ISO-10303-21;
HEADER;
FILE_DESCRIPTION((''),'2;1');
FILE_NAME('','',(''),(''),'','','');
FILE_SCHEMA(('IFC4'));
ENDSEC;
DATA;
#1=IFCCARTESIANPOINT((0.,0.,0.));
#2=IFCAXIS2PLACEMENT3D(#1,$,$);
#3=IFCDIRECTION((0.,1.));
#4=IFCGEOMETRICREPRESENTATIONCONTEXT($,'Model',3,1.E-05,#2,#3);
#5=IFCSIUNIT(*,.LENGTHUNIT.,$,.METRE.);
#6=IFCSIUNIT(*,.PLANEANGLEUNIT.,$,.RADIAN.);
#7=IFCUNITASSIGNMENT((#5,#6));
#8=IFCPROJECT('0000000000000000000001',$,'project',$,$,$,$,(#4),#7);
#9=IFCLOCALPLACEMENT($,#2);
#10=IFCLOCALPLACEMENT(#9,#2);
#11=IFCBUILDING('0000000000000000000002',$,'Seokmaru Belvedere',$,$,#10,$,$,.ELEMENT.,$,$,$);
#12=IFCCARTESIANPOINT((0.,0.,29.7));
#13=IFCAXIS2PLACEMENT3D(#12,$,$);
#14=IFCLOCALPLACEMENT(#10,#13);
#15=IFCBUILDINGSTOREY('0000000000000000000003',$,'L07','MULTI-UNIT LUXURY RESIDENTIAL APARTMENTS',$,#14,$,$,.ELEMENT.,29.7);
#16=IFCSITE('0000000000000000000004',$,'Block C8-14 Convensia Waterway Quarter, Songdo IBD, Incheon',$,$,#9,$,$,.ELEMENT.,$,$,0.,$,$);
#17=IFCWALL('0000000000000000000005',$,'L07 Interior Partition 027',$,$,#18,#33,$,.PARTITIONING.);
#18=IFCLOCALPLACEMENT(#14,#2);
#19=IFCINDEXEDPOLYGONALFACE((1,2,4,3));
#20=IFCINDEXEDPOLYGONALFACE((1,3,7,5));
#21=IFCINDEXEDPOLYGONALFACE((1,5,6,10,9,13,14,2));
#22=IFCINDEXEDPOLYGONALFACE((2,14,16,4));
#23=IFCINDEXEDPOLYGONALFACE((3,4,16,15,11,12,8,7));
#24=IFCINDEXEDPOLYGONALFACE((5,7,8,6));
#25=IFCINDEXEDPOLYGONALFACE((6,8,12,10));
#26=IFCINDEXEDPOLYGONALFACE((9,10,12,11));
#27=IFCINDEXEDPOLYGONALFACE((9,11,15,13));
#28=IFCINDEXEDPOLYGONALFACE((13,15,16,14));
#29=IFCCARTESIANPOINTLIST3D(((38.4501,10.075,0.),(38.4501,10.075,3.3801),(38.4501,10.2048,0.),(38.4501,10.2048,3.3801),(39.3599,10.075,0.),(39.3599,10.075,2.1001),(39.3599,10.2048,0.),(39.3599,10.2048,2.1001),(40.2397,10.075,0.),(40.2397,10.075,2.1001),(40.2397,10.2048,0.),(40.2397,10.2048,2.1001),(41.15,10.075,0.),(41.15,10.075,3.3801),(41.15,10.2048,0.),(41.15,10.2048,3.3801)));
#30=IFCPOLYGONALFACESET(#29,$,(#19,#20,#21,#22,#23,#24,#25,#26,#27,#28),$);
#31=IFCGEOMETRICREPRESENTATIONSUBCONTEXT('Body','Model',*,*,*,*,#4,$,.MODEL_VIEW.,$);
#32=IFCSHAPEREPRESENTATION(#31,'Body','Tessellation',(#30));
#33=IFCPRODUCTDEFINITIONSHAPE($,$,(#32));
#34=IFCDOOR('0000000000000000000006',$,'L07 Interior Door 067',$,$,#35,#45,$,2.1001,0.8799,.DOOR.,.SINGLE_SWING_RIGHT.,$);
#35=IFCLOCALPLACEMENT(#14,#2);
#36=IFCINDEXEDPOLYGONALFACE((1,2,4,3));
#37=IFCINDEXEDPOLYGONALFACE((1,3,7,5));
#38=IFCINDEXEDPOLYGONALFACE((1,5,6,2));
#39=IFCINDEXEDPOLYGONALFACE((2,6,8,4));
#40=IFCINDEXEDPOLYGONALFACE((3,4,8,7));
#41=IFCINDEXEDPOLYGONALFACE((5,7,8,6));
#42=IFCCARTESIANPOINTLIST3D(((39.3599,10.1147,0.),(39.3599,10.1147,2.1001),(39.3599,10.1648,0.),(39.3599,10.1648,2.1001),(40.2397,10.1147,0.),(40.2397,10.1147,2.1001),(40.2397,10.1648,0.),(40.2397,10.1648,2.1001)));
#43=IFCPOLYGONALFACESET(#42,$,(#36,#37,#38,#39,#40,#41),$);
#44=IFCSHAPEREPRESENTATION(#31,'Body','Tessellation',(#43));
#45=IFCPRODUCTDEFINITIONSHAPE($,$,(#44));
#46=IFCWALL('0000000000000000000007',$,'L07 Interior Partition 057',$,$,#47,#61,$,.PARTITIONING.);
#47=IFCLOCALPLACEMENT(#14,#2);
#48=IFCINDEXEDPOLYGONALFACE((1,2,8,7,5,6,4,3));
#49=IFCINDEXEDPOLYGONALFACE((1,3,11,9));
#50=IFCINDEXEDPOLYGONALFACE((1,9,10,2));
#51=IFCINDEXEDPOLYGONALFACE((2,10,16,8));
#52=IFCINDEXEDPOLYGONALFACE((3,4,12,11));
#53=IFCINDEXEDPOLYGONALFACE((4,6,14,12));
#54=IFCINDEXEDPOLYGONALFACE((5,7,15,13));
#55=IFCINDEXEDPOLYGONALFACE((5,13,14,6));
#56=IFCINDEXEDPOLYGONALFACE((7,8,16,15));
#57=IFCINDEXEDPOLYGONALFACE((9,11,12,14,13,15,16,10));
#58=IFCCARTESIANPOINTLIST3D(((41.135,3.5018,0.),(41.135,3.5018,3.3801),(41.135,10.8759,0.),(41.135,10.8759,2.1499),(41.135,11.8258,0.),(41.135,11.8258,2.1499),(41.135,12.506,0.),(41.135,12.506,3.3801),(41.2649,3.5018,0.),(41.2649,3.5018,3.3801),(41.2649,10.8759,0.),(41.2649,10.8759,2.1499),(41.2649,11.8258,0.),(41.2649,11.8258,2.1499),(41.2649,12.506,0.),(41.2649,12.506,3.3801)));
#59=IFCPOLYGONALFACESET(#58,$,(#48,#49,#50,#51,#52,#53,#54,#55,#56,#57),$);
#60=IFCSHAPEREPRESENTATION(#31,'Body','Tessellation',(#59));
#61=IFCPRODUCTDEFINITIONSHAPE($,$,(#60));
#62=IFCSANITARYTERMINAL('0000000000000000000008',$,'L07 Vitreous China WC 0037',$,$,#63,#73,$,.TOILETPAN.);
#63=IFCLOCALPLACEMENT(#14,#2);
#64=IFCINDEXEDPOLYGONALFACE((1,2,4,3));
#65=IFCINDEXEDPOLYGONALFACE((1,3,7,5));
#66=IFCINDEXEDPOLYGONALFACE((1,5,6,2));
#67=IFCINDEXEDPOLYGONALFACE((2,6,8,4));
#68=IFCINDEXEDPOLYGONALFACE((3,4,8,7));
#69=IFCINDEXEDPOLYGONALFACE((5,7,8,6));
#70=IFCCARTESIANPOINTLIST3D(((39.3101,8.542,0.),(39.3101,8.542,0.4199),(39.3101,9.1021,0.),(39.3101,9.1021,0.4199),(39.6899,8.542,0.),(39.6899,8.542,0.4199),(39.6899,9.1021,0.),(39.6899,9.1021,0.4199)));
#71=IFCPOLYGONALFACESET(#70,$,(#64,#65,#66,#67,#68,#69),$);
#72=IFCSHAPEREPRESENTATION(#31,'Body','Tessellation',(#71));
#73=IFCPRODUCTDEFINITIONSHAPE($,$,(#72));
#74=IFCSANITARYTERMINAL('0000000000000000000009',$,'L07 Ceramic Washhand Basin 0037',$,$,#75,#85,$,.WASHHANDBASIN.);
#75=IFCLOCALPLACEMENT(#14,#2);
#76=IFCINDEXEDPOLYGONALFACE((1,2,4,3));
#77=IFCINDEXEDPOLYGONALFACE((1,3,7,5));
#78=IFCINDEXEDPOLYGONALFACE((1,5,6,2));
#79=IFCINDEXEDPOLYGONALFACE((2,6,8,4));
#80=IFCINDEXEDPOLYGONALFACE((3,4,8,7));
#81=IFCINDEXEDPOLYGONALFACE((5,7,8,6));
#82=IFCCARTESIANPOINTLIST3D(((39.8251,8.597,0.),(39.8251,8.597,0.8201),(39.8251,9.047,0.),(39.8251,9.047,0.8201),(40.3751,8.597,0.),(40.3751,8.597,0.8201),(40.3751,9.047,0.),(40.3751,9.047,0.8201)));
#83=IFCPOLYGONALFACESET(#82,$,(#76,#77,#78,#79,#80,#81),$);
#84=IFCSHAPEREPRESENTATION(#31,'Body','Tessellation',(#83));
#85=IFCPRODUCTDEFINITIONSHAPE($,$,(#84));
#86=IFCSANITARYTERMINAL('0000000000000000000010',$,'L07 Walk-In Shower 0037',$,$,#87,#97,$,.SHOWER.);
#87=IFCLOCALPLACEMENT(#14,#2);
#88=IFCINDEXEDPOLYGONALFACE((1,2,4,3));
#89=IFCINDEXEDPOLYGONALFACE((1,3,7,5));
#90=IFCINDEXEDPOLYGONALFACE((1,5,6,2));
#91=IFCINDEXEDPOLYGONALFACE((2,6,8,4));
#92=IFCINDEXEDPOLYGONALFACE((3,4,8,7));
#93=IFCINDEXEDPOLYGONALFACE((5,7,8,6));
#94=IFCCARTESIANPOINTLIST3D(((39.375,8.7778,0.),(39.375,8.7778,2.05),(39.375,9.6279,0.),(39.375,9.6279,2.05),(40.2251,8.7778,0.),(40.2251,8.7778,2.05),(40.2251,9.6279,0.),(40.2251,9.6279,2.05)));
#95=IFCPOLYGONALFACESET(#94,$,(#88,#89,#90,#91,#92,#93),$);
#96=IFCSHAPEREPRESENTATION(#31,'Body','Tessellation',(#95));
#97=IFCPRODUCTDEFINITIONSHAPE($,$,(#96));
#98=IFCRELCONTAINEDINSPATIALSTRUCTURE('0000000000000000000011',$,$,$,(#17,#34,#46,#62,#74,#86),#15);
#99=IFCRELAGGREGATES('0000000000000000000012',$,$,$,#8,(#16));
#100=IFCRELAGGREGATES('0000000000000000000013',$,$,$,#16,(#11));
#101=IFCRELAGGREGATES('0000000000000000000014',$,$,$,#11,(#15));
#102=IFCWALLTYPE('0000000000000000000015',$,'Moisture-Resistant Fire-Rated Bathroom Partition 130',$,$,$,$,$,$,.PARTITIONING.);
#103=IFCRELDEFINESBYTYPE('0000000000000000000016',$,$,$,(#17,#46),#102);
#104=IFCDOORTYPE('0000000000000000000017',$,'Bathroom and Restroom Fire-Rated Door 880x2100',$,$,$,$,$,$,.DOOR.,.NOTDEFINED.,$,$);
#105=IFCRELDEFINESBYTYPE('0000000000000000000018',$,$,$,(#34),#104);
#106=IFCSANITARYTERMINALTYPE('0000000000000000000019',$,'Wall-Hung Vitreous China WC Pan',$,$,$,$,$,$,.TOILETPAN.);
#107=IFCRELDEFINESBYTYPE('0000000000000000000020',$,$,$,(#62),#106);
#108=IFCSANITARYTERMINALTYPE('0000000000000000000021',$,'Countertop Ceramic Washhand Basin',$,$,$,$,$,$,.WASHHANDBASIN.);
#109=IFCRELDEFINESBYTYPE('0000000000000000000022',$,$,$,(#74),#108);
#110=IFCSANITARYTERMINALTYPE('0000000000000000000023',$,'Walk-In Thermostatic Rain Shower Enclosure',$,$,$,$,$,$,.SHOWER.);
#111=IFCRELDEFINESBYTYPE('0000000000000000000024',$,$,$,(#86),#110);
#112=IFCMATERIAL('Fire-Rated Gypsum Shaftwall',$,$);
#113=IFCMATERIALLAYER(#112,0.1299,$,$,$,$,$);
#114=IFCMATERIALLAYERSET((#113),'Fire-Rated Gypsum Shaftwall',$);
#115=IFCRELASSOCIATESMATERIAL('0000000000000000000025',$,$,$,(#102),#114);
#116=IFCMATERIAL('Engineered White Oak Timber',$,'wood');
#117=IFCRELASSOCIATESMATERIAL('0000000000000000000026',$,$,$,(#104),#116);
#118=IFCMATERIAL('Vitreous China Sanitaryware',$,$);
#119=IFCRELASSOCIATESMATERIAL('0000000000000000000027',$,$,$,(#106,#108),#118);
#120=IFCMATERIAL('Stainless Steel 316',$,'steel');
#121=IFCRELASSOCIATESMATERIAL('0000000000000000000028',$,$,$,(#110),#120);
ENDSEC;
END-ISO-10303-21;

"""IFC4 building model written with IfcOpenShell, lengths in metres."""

from ifc_helpers import new_model, si_unit, direction, frame, frame_2d, origin, origin_2d, place, context, subcontext, project, spatial, rectangle, extrude, source, transform, mapped, material, layer, layer_set, type_object, type_shapes, element, fill, save


model = new_model("IFC4")

# Units and contexts
model_context = context("Model", 3, precision=1e-05, world=origin(), true_north=direction((0.0, 1.0)))
body_context = subcontext(model_context, "Body", "Model", "MODEL_VIEW")
ifc_project = project(units=[si_unit("LENGTHUNIT", "METRE"), si_unit("PLANEANGLEUNIT", "RADIAN")], contexts=[model_context])

# Site, building, storey
site_placement = place(None, origin())
site = spatial("IfcSite", under=ifc_project, at=site_placement, Name="Block C8-14 Convensia Waterway Quarter, Songdo IBD, Incheon", CompositionType="ELEMENT", RefElevation=0.0)
building_placement = place(site_placement, origin())
building = spatial("IfcBuilding", under=site, at=building_placement, Name="Seokmaru Belvedere", CompositionType="ELEMENT")
storey_placement = place(building_placement, frame((0.0, 0.0, 29.7)))
storey = spatial("IfcBuildingStorey", under=building, at=storey_placement, Name="L07", Description="MULTI-UNIT LUXURY RESIDENTIAL APARTMENTS", CompositionType="ELEMENT", Elevation=29.7)

# Shared definitions
ifc_material_1 = material(Name="Fire-Rated Gypsum Shaftwall")
ifc_material_2 = material(Name="Engineered White Oak Timber", Category="wood")

# Wall, opening, door
ifc_layer_1 = layer(ifc_material_1, 0.1299)
ifc_layer_set_1 = layer_set([ifc_layer_1], Name="Fire-Rated Gypsum Shaftwall")
wall_type_1 = type_object("IfcWallType", Name="Moisture-Resistant Fire-Rated Bathroom Partition 130", PredefinedType="PARTITIONING", material=ifc_layer_set_1)
door_type_1 = type_object("IfcDoorType", Name="Bathroom and Restroom Fire-Rated Door 880x2100", OperationType="NOTDEFINED", PredefinedType="DOOR", material=ifc_material_2)
shared_shape_1 = source(origin(), body_context, "Body", "SweptSolid", [
    extrude(rectangle(XDim=0.8799, YDim=2.1001, at=frame_2d((0.4399, 1.05))), frame((0.0, 0.0249, 0.0), z_axis=(0.0, -1.0, 0.0), x_axis=(1.0, 0.0, 0.0)), (0.0, 0.0, 1.0), 0.05),
])
type_shapes(door_type_1, [shared_shape_1])
wall_1_placement = place(storey_placement, frame((38.45, 10.1399, 0.0), z_axis=(0.0, 0.0, 1.0), x_axis=(1.0, 0.0, 0.0)))
wall_1 = element("IfcWall", 1, at=wall_1_placement, inside=storey, type_object=wall_type_1, Name="L07 Interior Partition 027", PredefinedType="PARTITIONING", context=body_context, shape_type="SweptSolid", body=[
    extrude(rectangle(XDim=2.7, YDim=0.1299, at=frame_2d((1.3501, 0.0))), origin(), (0.0, 0.0, 1.0), 3.3801),
])
opening_1_placement = place(wall_1_placement, frame((0.9099, 0.0, 0.0)))
opening_1 = element("IfcOpeningElement", 2, at=opening_1_placement, cuts=wall_1, PredefinedType="OPENING", context=body_context, shape_type="SweptSolid", body=[
    extrude(rectangle(XDim=0.8799, YDim=2.1001, at=frame_2d((0.4399, 1.05))), frame((0.0, 0.075, 0.0), z_axis=(0.0, -1.0, 0.0), x_axis=(1.0, 0.0, 0.0)), (0.0, 0.0, 1.0), 0.1499),
])
door_1_placement = place(opening_1_placement, origin())
door_1 = element("IfcDoor", 3, at=door_1_placement, inside=storey, type_object=door_type_1, Name="L07 Interior Door 067", OperationType="SINGLE_SWING_RIGHT", OverallHeight=2.1001, OverallWidth=0.8799, PredefinedType="DOOR", context=body_context, shape_type="MappedRepresentation", body=[
    mapped(shared_shape_1, transform((0.0, 0.0, 0.0), scale=1.0)),
])
fill(opening_1, door_1)

# Wall, opening
wall_2_placement = place(storey_placement, frame((41.2, 3.502, 0.0), z_axis=(0.0, 0.0, 1.0), x_axis=(0.0, 1.0, 0.0)))
wall_2 = element("IfcWall", 4, at=wall_2_placement, inside=storey, type_object=wall_type_1, Name="L07 Interior Partition 057", PredefinedType="PARTITIONING", context=body_context, shape_type="SweptSolid", body=[
    extrude(rectangle(XDim=9.0042, YDim=0.1299, at=frame_2d((4.502, 0.0))), origin(), (0.0, 0.0, 1.0), 3.3801),
])
opening_2_placement = place(wall_2_placement, frame((7.3738, 0.0, 0.0)))
element("IfcOpeningElement", 5, at=opening_2_placement, cuts=wall_2, PredefinedType="OPENING", context=body_context, shape_type="SweptSolid", body=[
    extrude(rectangle(XDim=0.95, YDim=2.1499, at=frame_2d((0.4751, 1.075))), frame((0.0, 0.075, 0.0), z_axis=(0.0, -1.0, 0.0), x_axis=(1.0, 0.0, 0.0)), (0.0, 0.0, 1.0), 0.1499),
])

# Sanitary terminals
ifc_material_3 = material(Name="Vitreous China Sanitaryware")
sanitary_terminal_type_1 = type_object("IfcSanitaryTerminalType", Name="Wall-Hung Vitreous China WC Pan", PredefinedType="TOILETPAN", material=ifc_material_3)
shared_shape_2 = source(origin(), body_context, "Body", "SweptSolid", [
    extrude(rectangle(XDim=0.3799, YDim=0.5601, at=origin_2d()), origin(), (0.0, 0.0, 1.0), 0.4199),
])
type_shapes(sanitary_terminal_type_1, [shared_shape_2])
sanitary_terminal_1_placement = place(storey_placement, frame((39.5, 8.822, 0.0), z_axis=(0.0, 0.0, 1.0), x_axis=(1.0, 0.0, 0.0)))
element("IfcSanitaryTerminal", 6, at=sanitary_terminal_1_placement, inside=storey, type_object=sanitary_terminal_type_1, Name="L07 Vitreous China WC 0037", PredefinedType="TOILETPAN", context=body_context, shape_type="MappedRepresentation", body=[
    mapped(shared_shape_2, transform((0.0, 0.0, 0.0), scale=1.0)),
])
sanitary_terminal_type_2 = type_object("IfcSanitaryTerminalType", Name="Countertop Ceramic Washhand Basin", PredefinedType="WASHHANDBASIN", material=ifc_material_3)
shared_shape_3 = source(origin(), body_context, "Body", "SweptSolid", [
    extrude(rectangle(XDim=0.55, YDim=0.45, at=origin_2d()), origin(), (0.0, 0.0, 1.0), 0.8201),
])
type_shapes(sanitary_terminal_type_2, [shared_shape_3])
sanitary_terminal_2_placement = place(storey_placement, frame((40.1001, 8.822, 0.0), z_axis=(0.0, 0.0, 1.0), x_axis=(1.0, 0.0, 0.0)))
element("IfcSanitaryTerminal", 7, at=sanitary_terminal_2_placement, inside=storey, type_object=sanitary_terminal_type_2, Name="L07 Ceramic Washhand Basin 0037", PredefinedType="WASHHANDBASIN", context=body_context, shape_type="MappedRepresentation", body=[
    mapped(shared_shape_3, transform((0.0, 0.0, 0.0), scale=1.0)),
])
ifc_material_4 = material(Name="Stainless Steel 316", Category="steel")
sanitary_terminal_type_3 = type_object("IfcSanitaryTerminalType", Name="Walk-In Thermostatic Rain Shower Enclosure", PredefinedType="SHOWER", material=ifc_material_4)
shared_shape_4 = source(origin(), body_context, "Body", "SweptSolid", [
    extrude(rectangle(XDim=0.8501, YDim=0.8501, at=origin_2d()), origin(), (0.0, 0.0, 1.0), 2.05),
])
type_shapes(sanitary_terminal_type_3, [shared_shape_4])
sanitary_terminal_3_placement = place(storey_placement, frame((39.8, 9.2029, 0.0), z_axis=(0.0, 0.0, 1.0), x_axis=(1.0, 0.0, 0.0)))
element("IfcSanitaryTerminal", 8, at=sanitary_terminal_3_placement, inside=storey, type_object=sanitary_terminal_type_3, Name="L07 Walk-In Shower 0037", PredefinedType="SHOWER", context=body_context, shape_type="MappedRepresentation", body=[
    mapped(shared_shape_4, transform((0.0, 0.0, 0.0), scale=1.0)),
])

save(model, "model.ifc")
